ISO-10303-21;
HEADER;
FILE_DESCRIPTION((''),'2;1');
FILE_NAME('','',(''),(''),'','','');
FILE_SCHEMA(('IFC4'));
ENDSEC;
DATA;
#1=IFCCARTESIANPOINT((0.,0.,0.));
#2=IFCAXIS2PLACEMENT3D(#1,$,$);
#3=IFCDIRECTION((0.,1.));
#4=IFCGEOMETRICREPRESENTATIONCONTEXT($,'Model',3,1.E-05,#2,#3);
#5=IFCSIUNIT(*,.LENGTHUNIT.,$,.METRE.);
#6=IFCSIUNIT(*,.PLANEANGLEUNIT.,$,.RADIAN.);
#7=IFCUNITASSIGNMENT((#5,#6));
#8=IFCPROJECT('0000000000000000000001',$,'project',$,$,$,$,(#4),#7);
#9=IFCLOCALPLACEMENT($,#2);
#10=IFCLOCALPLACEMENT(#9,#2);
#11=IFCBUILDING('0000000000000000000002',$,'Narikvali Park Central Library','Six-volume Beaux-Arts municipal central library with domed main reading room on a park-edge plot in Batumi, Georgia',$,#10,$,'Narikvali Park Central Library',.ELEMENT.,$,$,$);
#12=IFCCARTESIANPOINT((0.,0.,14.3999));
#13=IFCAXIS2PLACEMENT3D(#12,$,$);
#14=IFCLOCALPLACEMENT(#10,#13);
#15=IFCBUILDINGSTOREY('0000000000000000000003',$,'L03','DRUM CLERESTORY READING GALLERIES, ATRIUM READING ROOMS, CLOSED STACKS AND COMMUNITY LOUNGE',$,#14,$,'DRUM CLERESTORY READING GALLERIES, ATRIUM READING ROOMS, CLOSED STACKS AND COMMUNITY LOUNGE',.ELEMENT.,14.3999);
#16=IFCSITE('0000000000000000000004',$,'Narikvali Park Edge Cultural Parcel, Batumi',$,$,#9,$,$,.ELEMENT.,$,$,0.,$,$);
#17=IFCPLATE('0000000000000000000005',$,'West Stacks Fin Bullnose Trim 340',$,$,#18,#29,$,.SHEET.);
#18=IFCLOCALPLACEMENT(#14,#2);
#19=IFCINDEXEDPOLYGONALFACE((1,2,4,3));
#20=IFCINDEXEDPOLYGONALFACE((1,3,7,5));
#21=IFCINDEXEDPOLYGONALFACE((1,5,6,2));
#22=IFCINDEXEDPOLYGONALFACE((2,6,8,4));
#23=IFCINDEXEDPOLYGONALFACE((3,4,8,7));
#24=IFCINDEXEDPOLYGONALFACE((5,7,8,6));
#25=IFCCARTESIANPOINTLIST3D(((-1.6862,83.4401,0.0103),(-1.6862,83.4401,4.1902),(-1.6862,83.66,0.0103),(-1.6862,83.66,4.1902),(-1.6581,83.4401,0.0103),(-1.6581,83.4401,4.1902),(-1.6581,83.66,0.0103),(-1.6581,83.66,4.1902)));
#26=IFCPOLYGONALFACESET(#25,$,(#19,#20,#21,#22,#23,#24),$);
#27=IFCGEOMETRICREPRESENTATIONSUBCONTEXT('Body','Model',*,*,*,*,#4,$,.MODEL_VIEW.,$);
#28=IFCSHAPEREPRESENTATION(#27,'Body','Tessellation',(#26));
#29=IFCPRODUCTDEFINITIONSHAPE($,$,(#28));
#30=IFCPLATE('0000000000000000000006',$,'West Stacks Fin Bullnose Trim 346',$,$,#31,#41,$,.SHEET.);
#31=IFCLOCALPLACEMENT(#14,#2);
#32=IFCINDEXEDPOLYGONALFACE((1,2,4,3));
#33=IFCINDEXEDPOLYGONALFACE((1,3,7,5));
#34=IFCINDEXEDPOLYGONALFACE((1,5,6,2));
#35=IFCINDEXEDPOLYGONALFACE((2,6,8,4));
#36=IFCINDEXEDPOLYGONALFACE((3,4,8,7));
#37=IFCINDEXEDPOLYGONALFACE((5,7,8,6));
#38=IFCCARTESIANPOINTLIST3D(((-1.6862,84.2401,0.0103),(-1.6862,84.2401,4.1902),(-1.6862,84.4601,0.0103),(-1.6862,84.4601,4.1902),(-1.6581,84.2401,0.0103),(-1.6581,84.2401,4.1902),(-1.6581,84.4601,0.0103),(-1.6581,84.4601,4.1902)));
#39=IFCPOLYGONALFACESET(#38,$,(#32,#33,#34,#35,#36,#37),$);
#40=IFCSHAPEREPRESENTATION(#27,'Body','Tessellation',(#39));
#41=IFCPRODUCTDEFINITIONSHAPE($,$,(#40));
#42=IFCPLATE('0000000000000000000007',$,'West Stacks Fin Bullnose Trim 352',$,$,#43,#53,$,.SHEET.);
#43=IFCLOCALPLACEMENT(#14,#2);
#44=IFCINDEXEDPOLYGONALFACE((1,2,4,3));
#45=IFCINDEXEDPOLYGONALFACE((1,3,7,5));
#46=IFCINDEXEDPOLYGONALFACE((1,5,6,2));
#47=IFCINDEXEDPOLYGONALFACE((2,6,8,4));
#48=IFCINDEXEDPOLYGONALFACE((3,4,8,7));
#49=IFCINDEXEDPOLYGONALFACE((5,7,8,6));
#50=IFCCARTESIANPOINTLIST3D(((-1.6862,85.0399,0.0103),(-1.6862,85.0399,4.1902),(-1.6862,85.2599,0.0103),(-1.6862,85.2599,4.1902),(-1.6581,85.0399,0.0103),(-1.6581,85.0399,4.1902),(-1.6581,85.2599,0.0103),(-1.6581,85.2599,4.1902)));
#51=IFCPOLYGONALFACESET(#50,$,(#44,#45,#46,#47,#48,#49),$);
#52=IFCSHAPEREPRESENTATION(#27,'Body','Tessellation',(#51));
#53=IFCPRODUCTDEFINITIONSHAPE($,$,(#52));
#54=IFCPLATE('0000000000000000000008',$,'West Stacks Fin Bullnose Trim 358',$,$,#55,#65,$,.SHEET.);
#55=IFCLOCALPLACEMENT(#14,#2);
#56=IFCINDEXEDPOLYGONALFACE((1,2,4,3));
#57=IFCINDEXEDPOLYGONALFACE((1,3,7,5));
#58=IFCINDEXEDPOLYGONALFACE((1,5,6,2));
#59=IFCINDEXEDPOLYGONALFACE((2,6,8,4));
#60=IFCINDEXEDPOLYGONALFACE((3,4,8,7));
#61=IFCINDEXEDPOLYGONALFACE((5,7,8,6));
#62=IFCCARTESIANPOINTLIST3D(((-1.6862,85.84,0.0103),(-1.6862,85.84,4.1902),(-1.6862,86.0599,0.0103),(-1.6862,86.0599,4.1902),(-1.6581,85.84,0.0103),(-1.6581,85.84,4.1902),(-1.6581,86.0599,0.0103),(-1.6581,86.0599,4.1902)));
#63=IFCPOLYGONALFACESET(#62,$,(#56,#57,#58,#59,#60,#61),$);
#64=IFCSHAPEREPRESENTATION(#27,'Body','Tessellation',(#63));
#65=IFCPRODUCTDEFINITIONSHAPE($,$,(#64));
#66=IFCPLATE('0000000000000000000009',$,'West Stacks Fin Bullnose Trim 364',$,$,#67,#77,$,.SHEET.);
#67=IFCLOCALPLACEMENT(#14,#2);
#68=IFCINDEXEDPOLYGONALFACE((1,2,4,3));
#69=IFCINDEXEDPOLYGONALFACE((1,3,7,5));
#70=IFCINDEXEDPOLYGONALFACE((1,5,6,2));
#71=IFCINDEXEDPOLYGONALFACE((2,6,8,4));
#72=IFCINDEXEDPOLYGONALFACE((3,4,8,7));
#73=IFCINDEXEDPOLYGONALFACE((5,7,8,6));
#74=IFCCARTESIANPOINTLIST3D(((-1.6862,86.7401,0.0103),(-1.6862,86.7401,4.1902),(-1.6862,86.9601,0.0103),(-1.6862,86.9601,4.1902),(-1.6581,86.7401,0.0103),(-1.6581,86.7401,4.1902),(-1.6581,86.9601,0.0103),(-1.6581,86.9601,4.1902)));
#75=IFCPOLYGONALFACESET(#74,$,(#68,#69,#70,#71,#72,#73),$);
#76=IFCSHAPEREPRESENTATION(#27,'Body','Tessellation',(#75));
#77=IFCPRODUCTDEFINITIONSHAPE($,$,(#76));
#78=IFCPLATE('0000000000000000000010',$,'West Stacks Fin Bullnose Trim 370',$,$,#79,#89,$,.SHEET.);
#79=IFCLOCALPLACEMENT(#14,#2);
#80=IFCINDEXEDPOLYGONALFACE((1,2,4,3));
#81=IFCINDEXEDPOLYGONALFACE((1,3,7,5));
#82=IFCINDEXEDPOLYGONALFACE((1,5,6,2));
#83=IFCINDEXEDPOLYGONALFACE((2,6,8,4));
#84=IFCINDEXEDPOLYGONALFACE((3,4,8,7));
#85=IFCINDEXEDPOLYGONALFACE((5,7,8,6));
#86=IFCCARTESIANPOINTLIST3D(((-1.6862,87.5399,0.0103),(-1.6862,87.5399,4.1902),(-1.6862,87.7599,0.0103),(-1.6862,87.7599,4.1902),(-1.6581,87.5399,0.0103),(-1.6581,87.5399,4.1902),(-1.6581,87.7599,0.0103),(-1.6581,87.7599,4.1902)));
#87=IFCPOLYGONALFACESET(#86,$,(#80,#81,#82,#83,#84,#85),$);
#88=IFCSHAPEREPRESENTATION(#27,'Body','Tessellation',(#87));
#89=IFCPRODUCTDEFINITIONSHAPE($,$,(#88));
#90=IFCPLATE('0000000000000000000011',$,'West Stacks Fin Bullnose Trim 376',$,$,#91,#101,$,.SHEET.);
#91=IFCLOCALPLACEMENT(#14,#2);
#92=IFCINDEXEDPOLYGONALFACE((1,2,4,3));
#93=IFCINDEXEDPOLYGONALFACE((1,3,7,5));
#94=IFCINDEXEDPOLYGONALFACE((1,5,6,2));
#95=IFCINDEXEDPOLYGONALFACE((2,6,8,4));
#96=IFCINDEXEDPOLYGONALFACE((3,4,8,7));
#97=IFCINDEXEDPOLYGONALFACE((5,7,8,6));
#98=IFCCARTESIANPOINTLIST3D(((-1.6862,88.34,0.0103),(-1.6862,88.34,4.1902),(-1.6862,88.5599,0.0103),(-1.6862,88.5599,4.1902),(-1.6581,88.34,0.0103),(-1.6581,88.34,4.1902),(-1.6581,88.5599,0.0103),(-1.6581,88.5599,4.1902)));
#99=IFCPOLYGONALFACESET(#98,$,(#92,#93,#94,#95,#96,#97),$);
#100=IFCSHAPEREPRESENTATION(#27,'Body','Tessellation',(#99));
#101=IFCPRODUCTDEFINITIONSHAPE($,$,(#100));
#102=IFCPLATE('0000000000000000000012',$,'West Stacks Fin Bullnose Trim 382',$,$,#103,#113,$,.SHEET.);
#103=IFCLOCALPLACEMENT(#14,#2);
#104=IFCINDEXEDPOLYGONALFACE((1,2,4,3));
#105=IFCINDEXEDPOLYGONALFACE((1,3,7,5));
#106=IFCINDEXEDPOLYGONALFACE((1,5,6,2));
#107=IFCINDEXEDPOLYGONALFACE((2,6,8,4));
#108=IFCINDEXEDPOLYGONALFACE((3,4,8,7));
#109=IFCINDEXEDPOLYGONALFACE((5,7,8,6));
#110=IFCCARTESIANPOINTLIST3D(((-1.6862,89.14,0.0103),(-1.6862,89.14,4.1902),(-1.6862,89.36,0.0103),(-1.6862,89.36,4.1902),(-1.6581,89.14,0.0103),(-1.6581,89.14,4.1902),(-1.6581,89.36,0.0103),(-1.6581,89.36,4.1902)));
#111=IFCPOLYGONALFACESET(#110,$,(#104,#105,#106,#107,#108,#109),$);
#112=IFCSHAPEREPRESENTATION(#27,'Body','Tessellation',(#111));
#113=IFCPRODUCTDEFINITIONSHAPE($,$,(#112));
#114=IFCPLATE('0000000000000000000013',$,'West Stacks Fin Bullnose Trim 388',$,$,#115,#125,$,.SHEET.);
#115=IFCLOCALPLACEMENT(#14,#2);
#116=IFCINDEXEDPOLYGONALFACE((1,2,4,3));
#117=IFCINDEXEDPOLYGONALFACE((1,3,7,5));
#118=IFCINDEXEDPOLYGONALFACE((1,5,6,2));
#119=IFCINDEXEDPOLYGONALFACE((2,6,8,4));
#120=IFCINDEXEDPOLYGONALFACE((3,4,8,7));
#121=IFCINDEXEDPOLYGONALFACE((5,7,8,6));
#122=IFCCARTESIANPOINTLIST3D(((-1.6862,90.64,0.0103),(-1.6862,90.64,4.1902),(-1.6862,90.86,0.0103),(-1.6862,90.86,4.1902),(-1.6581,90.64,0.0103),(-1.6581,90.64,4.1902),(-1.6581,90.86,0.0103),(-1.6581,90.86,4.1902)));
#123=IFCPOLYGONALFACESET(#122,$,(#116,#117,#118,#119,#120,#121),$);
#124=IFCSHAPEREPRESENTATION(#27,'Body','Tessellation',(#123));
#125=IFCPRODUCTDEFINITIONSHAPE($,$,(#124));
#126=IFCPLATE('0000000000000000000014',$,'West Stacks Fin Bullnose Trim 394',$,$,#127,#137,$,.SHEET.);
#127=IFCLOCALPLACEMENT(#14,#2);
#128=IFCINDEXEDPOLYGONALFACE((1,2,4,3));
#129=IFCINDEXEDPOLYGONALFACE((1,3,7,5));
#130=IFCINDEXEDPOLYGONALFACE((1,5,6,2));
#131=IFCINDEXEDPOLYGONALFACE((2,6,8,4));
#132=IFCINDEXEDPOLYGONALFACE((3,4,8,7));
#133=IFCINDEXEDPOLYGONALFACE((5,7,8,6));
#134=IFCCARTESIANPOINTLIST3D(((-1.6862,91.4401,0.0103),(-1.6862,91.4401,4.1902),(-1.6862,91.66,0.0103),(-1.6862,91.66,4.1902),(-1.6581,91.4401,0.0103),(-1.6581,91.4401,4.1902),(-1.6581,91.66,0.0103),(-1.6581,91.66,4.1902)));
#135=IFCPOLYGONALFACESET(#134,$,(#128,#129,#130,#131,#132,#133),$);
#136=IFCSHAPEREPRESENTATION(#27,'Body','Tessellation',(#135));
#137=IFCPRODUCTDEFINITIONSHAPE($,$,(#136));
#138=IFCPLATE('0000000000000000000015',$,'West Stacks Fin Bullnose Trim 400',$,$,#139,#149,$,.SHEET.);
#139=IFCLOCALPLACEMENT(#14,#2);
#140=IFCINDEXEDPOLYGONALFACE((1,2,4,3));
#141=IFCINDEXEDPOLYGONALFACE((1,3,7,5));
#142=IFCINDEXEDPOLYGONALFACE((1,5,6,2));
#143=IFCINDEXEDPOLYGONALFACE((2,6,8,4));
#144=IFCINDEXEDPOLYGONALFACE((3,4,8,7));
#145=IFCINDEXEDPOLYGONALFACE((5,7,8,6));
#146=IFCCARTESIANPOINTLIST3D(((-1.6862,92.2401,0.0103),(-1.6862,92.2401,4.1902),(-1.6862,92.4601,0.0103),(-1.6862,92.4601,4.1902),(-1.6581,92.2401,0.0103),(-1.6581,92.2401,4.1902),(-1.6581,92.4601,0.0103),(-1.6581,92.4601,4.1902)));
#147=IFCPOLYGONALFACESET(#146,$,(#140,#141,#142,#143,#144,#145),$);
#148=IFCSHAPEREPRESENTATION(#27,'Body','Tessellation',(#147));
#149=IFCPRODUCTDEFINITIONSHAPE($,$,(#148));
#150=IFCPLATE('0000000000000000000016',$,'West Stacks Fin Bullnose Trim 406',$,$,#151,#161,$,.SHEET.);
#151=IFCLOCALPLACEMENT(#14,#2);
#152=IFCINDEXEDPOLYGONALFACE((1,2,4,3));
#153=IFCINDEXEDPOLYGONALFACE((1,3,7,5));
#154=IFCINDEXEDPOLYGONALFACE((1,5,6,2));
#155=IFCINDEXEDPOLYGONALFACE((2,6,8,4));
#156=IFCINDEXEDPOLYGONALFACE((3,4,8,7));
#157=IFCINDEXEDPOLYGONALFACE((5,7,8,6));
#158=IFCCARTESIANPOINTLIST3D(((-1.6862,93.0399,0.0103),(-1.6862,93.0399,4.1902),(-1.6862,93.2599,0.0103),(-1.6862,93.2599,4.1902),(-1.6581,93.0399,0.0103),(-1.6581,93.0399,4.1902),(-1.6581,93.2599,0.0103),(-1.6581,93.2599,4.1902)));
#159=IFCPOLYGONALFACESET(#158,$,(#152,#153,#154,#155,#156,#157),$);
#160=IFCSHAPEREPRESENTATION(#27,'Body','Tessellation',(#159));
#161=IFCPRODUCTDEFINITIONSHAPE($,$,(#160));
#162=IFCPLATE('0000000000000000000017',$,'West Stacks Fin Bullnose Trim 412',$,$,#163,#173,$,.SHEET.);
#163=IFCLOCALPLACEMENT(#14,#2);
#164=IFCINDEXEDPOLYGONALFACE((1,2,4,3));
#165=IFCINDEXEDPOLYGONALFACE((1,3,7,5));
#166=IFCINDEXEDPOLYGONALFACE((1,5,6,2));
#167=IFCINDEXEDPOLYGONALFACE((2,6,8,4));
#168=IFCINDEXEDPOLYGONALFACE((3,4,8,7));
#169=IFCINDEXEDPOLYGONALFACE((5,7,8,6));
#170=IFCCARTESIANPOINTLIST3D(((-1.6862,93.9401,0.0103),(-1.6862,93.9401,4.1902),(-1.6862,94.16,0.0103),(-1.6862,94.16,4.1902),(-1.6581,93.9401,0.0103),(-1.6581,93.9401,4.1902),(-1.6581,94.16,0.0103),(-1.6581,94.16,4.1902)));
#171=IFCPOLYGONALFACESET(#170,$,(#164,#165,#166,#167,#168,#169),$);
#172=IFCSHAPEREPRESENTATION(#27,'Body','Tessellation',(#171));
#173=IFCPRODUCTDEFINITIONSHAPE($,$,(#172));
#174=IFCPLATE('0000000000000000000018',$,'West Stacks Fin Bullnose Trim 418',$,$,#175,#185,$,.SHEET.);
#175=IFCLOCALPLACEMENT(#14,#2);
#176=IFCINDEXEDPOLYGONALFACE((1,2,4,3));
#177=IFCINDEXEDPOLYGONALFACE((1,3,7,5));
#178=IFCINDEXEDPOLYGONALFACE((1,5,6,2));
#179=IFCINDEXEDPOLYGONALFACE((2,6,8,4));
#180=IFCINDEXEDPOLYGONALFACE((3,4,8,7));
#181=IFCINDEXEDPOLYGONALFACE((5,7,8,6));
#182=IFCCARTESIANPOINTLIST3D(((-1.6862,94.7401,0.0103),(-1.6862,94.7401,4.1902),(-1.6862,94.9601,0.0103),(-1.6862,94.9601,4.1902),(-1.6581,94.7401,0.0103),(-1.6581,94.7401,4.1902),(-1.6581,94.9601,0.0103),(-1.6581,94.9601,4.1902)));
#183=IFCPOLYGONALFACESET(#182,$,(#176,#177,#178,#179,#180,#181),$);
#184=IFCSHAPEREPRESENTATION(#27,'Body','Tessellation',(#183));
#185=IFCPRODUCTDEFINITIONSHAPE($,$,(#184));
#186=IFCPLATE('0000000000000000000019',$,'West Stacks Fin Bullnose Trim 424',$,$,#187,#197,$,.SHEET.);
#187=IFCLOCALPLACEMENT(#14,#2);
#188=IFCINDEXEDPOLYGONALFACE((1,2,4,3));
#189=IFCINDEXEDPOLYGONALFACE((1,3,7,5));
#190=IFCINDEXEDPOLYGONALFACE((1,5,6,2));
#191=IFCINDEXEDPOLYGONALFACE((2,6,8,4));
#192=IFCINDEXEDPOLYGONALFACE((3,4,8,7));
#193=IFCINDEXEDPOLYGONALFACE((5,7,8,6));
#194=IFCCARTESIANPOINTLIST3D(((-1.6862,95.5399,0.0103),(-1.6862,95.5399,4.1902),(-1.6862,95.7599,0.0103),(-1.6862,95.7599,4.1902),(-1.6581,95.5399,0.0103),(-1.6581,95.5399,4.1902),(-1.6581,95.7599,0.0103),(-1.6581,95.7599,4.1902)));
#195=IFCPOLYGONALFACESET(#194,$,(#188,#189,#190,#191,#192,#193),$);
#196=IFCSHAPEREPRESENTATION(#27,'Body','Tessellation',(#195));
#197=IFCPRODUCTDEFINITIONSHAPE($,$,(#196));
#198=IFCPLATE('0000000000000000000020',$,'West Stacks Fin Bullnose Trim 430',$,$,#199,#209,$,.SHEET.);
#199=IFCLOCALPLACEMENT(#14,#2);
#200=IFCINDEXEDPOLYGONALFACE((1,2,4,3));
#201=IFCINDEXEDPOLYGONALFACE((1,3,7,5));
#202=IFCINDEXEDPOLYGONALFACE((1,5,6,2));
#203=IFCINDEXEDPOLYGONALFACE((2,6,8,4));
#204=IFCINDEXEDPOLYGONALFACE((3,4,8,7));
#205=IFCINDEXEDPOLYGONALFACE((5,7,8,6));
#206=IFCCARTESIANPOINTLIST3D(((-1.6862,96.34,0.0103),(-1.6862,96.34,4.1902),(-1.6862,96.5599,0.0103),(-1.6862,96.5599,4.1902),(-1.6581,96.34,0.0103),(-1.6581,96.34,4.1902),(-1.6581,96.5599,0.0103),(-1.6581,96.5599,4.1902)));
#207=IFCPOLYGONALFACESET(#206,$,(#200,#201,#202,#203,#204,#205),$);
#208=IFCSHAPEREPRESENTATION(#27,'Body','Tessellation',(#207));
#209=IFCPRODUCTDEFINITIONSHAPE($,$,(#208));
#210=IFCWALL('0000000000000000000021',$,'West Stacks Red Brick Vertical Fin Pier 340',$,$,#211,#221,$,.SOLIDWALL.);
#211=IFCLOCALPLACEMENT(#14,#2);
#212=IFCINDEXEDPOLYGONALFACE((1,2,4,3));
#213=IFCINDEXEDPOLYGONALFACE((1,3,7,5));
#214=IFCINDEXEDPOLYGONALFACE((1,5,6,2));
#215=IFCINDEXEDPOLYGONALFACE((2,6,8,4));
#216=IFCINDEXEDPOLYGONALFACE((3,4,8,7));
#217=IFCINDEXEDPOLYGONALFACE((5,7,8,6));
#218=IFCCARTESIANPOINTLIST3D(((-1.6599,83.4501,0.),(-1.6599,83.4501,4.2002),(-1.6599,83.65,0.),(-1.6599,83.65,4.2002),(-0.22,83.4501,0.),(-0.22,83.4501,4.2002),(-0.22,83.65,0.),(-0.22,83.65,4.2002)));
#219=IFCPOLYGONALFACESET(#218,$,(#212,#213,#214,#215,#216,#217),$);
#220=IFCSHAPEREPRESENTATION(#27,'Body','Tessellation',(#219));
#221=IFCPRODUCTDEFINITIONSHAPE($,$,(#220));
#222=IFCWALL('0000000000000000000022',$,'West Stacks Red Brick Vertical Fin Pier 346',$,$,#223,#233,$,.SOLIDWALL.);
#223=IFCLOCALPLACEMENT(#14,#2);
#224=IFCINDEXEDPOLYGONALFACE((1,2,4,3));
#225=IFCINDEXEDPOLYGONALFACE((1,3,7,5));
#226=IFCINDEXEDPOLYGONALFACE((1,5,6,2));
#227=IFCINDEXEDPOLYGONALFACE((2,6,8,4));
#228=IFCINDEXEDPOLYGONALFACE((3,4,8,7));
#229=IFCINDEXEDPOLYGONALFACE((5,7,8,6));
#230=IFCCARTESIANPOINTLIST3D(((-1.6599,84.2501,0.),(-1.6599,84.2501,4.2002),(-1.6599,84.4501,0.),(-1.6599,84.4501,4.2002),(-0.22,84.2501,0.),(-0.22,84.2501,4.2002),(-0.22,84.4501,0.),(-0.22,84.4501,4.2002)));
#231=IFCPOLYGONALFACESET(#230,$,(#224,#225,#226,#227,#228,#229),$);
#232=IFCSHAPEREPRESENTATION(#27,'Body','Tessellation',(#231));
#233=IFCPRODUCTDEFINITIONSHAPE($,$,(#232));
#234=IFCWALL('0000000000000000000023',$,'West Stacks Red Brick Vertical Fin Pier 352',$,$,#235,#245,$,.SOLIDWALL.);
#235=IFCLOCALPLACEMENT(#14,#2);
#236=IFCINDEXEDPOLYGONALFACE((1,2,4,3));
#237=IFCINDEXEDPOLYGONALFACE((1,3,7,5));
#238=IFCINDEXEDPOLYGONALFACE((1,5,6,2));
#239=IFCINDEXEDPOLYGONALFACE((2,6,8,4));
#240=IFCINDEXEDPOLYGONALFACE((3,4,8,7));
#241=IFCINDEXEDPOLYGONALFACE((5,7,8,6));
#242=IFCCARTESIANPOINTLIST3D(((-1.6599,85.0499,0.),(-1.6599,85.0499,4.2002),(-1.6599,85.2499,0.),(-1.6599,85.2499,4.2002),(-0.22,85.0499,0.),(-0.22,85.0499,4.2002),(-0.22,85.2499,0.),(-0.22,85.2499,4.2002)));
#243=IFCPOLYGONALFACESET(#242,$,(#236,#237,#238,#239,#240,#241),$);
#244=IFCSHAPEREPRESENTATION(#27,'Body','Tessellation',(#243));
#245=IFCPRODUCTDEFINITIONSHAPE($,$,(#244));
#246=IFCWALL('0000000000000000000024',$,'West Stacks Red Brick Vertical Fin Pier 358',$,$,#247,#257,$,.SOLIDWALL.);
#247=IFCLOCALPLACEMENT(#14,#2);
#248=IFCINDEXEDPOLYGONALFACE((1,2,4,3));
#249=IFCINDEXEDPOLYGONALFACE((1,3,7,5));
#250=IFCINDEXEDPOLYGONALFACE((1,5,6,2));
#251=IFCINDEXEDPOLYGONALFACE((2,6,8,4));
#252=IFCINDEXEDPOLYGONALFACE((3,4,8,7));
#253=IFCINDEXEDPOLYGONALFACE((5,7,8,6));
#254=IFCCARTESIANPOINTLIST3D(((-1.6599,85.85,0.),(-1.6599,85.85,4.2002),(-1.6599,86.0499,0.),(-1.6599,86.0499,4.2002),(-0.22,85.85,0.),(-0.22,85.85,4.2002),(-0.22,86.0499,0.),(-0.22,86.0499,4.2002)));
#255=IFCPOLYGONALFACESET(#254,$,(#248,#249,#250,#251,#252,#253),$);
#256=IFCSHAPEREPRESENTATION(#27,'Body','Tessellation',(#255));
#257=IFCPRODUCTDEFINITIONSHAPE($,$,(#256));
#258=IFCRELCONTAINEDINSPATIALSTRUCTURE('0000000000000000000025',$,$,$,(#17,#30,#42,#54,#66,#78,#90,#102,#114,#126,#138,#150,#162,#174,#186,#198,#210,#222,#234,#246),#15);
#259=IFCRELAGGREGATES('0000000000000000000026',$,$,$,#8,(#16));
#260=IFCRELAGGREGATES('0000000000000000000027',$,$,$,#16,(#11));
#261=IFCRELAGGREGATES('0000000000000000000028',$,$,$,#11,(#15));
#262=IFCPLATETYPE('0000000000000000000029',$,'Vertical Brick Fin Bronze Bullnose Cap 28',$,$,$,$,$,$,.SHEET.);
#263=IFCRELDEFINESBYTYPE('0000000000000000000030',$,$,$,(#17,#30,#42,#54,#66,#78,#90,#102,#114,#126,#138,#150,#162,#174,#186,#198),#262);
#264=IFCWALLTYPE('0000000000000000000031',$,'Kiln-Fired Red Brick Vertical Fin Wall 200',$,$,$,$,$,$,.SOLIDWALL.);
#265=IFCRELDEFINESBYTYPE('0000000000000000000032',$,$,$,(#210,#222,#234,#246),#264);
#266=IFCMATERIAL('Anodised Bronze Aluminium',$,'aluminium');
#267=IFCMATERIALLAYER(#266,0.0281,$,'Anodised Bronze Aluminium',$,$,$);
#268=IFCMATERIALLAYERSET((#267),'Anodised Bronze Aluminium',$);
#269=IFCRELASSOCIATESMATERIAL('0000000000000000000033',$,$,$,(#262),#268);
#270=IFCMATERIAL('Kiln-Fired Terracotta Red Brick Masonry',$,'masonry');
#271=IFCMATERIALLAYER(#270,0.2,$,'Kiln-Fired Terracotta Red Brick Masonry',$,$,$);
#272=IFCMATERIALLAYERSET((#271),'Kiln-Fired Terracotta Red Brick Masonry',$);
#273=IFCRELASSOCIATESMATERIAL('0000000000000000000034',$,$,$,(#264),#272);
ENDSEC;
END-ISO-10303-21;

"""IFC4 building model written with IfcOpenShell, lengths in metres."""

from ifc_helpers import new_model, si_unit, direction, frame, frame_2d, origin, origin_2d, place, context, subcontext, project, spatial, rectangle, extrude, material, layer, layer_set, type_object, element, save


model = new_model("IFC4")

# Units and contexts
model_context = context("Model", 3, precision=1e-05, world=origin(), true_north=direction((0.0, 1.0)))
body_context = subcontext(model_context, "Body", "Model", "MODEL_VIEW")
ifc_project = project(units=[si_unit("LENGTHUNIT", "METRE"), si_unit("PLANEANGLEUNIT", "RADIAN")], contexts=[model_context])

# Site, building, storey
site_placement = place(None, origin())
site = spatial("IfcSite", under=ifc_project, at=site_placement, Name="Narikvali Park Edge Cultural Parcel, Batumi", CompositionType="ELEMENT", RefElevation=0.0)
building_placement = place(site_placement, origin())
building = spatial("IfcBuilding", under=site, at=building_placement, Name="Narikvali Park Central Library", Description="Six-volume Beaux-Arts municipal central library with domed main reading room on a park-edge plot in Batumi, Georgia", LongName="Narikvali Park Central Library", CompositionType="ELEMENT")
storey_placement = place(building_placement, frame((0.0, 0.0, 14.3999)))
storey = spatial("IfcBuildingStorey", under=building, at=storey_placement, Name="L03", Description="DRUM CLERESTORY READING GALLERIES, ATRIUM READING ROOMS, CLOSED STACKS AND COMMUNITY LOUNGE", LongName="DRUM CLERESTORY READING GALLERIES, ATRIUM READING ROOMS, CLOSED STACKS AND COMMUNITY LOUNGE", CompositionType="ELEMENT", Elevation=14.3999)

# Plates
ifc_material_1 = material(Name="Anodised Bronze Aluminium", Category="aluminium")
ifc_layer_1 = layer(ifc_material_1, 0.0281, Name="Anodised Bronze Aluminium")
ifc_layer_set_1 = layer_set([ifc_layer_1], Name="Anodised Bronze Aluminium")
plate_type = type_object("IfcPlateType", Name="Vertical Brick Fin Bronze Bullnose Cap 28", PredefinedType="SHEET", material=ifc_layer_set_1)
for number, where, z_axis, x_axis, name in (
    (1, (-1.6721, 83.55, 0.0103), (0.0, 0.0, 1.0), (1.0, 0.0, 0.0), "West Stacks Fin Bullnose Trim 340"),
    (2, (-1.6721, 84.3501, 0.0103), (0.0, 0.0, 1.0), (1.0, 0.0, 0.0), "West Stacks Fin Bullnose Trim 346"),
    (3, (-1.6721, 85.1499, 0.0103), (0.0, 0.0, 1.0), (1.0, 0.0, 0.0), "West Stacks Fin Bullnose Trim 352"),
    (4, (-1.6721, 85.95, 0.0103), (0.0, 0.0, 1.0), (1.0, 0.0, 0.0), "West Stacks Fin Bullnose Trim 358"),
    (5, (-1.6721, 86.8501, 0.0103), (0.0, 0.0, 1.0), (1.0, 0.0, 0.0), "West Stacks Fin Bullnose Trim 364"),
    (6, (-1.6721, 87.6499, 0.0103), (0.0, 0.0, 1.0), (1.0, 0.0, 0.0), "West Stacks Fin Bullnose Trim 370"),
    (7, (-1.6721, 88.45, 0.0103), (0.0, 0.0, 1.0), (1.0, 0.0, 0.0), "West Stacks Fin Bullnose Trim 376"),
    (8, (-1.6721, 89.25, 0.0103), (0.0, 0.0, 1.0), (1.0, 0.0, 0.0), "West Stacks Fin Bullnose Trim 382"),
    (9, (-1.6721, 90.75, 0.0103), (0.0, 0.0, 1.0), (1.0, 0.0, 0.0), "West Stacks Fin Bullnose Trim 388"),
    (10, (-1.6721, 91.55, 0.0103), (0.0, 0.0, 1.0), (1.0, 0.0, 0.0), "West Stacks Fin Bullnose Trim 394"),
    (11, (-1.6721, 92.3501, 0.0103), (0.0, 0.0, 1.0), (1.0, 0.0, 0.0), "West Stacks Fin Bullnose Trim 400"),
    (12, (-1.6721, 93.1499, 0.0103), (0.0, 0.0, 1.0), (1.0, 0.0, 0.0), "West Stacks Fin Bullnose Trim 406"),
    (13, (-1.6721, 94.05, 0.0103), (0.0, 0.0, 1.0), (1.0, 0.0, 0.0), "West Stacks Fin Bullnose Trim 412"),
    (14, (-1.6721, 94.8501, 0.0103), (0.0, 0.0, 1.0), (1.0, 0.0, 0.0), "West Stacks Fin Bullnose Trim 418"),
    (15, (-1.6721, 95.6499, 0.0103), (0.0, 0.0, 1.0), (1.0, 0.0, 0.0), "West Stacks Fin Bullnose Trim 424"),
    (16, (-1.6721, 96.45, 0.0103), (0.0, 0.0, 1.0), (1.0, 0.0, 0.0), "West Stacks Fin Bullnose Trim 430"),
):
    element("IfcPlate", number, at=place(storey_placement, frame(where, z_axis=z_axis, x_axis=x_axis)), inside=storey, type_object=plate_type, Name=name, PredefinedType="SHEET", context=body_context, shape_type="SweptSolid", body=[
        extrude(rectangle(XDim=0.0281, YDim=0.22, at=origin_2d()), origin(), (0.0, 0.0, 1.0), 4.1799),
    ])

# Walls
ifc_material_2 = material(Name="Kiln-Fired Terracotta Red Brick Masonry", Category="masonry")
ifc_layer_2 = layer(ifc_material_2, 0.2, Name="Kiln-Fired Terracotta Red Brick Masonry")
ifc_layer_set_2 = layer_set([ifc_layer_2], Name="Kiln-Fired Terracotta Red Brick Masonry")
wall_type = type_object("IfcWallType", Name="Kiln-Fired Red Brick Vertical Fin Wall 200", PredefinedType="SOLIDWALL", material=ifc_layer_set_2)
for number, where, z_axis, x_axis, name in (
    (17, (-1.6599, 83.55, 0.0), (0.0, 0.0, 1.0), (1.0, 0.0, 0.0), "West Stacks Red Brick Vertical Fin Pier 340"),
    (18, (-1.6599, 84.3501, 0.0), (0.0, 0.0, 1.0), (1.0, 0.0, 0.0), "West Stacks Red Brick Vertical Fin Pier 346"),
    (19, (-1.6599, 85.1499, 0.0), (0.0, 0.0, 1.0), (1.0, 0.0, 0.0), "West Stacks Red Brick Vertical Fin Pier 352"),
    (20, (-1.6599, 85.95, 0.0), (0.0, 0.0, 1.0), (1.0, 0.0, 0.0), "West Stacks Red Brick Vertical Fin Pier 358"),
):
    element("IfcWall", number, at=place(storey_placement, frame(where, z_axis=z_axis, x_axis=x_axis)), inside=storey, type_object=wall_type, Name=name, PredefinedType="SOLIDWALL", context=body_context, shape_type="SweptSolid", body=[
        extrude(rectangle(XDim=1.4399, YDim=0.2, at=frame_2d((0.72, 0.0))), origin(), (0.0, 0.0, 1.0), 4.2002),
    ])

save(model, "model.ifc")
